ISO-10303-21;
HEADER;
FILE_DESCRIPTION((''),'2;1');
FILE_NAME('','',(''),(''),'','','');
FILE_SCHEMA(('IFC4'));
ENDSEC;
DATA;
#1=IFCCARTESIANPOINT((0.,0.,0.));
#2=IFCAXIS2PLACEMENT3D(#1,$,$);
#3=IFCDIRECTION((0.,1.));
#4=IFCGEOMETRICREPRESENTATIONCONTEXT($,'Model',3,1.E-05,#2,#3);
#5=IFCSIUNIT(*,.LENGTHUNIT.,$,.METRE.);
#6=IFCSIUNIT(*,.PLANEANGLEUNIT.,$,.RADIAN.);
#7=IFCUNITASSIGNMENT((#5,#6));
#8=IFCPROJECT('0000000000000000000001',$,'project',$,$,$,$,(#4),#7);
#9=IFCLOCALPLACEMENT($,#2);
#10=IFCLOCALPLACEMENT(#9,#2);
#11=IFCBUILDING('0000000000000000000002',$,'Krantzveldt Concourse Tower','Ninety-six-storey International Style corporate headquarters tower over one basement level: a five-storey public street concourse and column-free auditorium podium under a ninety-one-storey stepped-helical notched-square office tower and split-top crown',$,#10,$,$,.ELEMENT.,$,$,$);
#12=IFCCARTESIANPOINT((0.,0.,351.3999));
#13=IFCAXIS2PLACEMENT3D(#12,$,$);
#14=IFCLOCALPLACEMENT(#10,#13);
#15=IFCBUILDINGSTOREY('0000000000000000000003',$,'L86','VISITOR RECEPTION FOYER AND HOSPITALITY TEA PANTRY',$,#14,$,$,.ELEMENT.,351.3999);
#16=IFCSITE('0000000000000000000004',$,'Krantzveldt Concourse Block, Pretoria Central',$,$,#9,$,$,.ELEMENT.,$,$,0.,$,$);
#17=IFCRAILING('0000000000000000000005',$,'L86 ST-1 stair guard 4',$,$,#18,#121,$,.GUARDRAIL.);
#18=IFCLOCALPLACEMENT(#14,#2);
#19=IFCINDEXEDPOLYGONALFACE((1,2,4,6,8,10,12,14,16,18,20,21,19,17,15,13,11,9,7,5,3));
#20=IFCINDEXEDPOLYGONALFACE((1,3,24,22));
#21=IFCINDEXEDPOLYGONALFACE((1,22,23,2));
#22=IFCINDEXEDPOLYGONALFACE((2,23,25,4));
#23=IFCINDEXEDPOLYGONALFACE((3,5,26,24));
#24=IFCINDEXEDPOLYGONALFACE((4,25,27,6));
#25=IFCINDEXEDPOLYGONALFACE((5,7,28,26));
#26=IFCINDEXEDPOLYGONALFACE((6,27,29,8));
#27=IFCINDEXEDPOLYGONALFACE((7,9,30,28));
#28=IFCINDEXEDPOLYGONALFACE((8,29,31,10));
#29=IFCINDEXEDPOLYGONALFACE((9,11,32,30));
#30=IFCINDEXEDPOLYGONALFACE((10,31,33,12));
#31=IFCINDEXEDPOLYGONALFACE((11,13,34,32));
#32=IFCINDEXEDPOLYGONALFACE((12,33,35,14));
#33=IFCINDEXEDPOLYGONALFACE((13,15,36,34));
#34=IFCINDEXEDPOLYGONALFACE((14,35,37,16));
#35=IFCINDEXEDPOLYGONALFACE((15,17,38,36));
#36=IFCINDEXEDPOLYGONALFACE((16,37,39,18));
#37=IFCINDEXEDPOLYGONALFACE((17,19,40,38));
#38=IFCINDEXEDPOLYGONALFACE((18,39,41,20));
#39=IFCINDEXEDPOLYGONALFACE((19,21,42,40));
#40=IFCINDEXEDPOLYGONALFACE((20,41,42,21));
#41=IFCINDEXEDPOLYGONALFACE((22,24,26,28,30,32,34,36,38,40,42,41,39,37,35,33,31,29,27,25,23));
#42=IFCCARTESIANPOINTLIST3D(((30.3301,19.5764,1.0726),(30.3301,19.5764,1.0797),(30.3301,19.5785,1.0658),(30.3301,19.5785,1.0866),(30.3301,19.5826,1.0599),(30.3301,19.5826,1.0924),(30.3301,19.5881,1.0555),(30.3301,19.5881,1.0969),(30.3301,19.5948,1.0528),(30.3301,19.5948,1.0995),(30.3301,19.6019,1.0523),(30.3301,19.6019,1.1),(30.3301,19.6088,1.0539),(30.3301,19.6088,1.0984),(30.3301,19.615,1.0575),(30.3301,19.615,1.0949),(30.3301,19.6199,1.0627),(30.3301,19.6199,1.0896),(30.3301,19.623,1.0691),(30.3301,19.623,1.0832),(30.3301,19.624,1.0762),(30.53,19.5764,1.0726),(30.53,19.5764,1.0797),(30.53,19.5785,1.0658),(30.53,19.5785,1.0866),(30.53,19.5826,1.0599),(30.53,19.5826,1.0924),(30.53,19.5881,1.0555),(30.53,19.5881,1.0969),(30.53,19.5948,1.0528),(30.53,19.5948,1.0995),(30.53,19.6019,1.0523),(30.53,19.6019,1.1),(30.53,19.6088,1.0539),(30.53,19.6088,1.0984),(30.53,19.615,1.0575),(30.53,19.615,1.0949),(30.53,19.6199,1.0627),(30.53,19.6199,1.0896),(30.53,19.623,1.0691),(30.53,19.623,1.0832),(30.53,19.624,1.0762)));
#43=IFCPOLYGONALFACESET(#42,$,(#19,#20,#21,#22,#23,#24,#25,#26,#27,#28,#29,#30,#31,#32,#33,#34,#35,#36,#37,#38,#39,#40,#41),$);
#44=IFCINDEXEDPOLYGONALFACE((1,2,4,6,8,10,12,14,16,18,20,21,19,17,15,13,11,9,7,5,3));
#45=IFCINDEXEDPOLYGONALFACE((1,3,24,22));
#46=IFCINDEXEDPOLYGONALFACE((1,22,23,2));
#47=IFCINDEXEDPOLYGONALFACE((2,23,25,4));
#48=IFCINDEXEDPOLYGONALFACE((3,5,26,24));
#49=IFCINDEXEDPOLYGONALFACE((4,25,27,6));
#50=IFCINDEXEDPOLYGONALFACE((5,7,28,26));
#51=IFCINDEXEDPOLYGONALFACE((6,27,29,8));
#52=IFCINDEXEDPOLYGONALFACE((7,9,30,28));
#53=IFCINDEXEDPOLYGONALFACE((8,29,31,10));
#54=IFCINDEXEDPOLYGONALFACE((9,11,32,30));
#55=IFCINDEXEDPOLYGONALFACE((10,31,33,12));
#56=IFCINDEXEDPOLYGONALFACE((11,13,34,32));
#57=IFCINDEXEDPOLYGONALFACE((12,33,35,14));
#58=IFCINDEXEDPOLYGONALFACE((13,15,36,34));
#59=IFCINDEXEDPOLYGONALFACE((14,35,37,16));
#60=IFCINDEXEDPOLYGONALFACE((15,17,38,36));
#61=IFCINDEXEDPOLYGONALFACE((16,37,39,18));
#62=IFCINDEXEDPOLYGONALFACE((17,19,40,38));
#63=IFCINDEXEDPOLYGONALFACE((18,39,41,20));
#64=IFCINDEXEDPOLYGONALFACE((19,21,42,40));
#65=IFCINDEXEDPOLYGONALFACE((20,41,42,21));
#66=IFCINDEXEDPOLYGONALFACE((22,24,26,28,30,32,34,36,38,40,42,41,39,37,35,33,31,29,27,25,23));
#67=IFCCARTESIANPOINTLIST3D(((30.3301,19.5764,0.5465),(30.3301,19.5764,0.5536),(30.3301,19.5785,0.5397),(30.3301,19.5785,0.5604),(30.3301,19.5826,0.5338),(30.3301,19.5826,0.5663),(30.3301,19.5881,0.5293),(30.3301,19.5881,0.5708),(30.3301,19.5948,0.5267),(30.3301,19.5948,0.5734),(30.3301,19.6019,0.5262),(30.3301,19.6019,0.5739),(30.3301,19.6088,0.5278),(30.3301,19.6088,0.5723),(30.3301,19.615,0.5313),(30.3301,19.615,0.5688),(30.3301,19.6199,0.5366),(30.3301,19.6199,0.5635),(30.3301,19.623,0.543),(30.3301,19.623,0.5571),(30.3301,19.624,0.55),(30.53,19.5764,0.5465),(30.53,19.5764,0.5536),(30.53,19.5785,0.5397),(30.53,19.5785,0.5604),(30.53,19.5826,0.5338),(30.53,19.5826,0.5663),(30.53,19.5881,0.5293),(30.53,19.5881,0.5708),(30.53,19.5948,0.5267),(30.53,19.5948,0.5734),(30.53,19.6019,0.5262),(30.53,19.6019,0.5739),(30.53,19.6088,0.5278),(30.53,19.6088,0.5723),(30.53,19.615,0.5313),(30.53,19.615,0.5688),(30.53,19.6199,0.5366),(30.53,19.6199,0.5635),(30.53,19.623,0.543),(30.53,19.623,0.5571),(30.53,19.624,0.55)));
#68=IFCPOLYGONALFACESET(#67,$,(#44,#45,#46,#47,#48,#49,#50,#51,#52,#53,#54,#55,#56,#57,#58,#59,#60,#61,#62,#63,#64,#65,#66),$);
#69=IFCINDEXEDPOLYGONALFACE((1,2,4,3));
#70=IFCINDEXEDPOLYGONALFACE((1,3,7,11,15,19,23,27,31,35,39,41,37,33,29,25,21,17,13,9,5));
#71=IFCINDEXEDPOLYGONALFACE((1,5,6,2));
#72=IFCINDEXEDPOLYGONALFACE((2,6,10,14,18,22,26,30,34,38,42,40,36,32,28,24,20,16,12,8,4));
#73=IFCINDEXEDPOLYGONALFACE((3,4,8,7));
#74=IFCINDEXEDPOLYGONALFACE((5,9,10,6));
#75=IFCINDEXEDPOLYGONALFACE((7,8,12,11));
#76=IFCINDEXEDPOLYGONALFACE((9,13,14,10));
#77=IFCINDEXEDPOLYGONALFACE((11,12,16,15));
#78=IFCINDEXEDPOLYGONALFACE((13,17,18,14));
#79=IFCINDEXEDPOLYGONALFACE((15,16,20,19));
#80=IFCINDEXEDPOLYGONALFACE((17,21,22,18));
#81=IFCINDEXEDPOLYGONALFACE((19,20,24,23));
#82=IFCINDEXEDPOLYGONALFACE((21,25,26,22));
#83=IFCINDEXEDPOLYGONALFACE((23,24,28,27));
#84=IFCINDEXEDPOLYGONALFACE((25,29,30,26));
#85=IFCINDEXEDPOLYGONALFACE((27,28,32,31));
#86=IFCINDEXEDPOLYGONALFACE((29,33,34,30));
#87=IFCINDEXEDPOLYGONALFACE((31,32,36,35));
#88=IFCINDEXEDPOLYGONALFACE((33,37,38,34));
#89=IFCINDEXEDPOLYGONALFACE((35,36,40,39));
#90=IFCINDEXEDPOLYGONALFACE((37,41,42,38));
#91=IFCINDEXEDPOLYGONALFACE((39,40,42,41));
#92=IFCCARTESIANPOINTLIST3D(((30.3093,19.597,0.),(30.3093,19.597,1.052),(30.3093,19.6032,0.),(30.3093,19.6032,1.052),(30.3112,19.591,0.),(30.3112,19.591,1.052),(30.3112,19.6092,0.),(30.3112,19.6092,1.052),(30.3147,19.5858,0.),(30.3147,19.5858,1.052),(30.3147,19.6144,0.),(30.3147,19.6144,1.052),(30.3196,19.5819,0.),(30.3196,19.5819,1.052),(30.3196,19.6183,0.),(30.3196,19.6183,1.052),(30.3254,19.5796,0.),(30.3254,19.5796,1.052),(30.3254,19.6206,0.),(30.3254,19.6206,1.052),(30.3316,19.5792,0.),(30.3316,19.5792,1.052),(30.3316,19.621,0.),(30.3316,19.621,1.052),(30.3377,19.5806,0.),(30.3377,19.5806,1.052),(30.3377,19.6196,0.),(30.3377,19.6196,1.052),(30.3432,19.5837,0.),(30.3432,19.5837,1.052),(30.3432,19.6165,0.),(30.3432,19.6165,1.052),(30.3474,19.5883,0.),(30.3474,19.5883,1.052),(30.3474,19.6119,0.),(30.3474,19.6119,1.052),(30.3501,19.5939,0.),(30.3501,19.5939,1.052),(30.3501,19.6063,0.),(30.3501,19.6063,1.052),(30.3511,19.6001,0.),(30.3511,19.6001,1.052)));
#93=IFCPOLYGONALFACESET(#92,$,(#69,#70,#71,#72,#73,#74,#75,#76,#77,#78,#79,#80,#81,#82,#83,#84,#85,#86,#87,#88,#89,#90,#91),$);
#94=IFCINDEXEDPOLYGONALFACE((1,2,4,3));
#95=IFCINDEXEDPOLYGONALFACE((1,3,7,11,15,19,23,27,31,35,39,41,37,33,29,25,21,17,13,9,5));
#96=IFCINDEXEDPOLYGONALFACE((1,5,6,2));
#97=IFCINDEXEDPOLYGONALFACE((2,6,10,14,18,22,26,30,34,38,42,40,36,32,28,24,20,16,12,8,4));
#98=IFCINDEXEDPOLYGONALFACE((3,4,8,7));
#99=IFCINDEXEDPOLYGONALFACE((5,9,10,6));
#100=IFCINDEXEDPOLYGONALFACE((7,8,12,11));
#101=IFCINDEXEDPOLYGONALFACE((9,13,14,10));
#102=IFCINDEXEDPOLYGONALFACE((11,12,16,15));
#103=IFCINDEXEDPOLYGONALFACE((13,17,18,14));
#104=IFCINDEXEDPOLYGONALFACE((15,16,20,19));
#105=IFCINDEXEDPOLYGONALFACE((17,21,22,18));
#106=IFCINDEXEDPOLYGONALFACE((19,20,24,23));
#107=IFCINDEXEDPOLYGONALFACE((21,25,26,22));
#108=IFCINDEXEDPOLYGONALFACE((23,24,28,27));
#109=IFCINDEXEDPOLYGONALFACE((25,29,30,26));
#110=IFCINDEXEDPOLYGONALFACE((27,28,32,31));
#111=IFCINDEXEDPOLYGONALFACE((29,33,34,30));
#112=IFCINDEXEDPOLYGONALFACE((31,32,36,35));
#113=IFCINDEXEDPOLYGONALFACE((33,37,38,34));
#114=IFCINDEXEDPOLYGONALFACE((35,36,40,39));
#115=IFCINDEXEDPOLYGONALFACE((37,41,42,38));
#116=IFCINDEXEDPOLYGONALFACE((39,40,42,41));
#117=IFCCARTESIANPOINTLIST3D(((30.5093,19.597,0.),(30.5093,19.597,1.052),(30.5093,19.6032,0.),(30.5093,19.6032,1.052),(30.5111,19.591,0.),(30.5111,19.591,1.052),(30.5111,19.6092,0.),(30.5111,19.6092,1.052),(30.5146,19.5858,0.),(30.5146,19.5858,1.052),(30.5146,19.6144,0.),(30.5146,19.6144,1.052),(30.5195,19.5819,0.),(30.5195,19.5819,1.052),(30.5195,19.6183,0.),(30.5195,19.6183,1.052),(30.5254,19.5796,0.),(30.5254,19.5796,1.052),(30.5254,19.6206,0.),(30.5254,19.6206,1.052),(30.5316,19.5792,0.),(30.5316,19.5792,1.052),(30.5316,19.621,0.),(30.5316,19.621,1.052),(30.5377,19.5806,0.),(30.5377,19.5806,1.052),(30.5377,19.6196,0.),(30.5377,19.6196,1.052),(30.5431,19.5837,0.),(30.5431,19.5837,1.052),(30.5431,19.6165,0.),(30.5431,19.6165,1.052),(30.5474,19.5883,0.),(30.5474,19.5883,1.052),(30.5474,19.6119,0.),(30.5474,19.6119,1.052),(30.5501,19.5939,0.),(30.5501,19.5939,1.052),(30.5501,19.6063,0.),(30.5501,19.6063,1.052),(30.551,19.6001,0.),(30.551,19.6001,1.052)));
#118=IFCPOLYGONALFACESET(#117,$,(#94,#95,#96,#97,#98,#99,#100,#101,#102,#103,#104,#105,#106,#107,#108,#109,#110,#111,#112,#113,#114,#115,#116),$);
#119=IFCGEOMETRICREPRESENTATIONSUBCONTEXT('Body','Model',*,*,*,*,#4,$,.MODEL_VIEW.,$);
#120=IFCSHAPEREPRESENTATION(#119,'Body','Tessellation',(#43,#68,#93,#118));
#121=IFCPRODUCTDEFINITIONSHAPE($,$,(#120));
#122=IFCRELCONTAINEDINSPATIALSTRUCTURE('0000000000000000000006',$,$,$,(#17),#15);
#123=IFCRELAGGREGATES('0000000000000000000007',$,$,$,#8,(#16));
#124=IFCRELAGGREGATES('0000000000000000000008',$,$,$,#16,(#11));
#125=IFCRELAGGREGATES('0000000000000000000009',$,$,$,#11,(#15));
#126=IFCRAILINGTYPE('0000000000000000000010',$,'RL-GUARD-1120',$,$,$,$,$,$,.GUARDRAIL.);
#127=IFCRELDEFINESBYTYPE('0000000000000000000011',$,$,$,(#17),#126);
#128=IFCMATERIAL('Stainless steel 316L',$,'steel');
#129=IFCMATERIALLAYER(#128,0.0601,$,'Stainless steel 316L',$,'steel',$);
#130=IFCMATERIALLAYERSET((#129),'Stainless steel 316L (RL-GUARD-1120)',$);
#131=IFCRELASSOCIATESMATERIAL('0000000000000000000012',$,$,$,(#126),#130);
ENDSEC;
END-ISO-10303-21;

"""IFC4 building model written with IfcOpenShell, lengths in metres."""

from ifc_helpers import new_model, si_unit, direction, frame, origin, origin_2d, place, context, subcontext, project, spatial, circle, extrude, material, layer, layer_set, type_object, element, save


model = new_model("IFC4")

# Units and contexts
model_context = context("Model", 3, precision=1e-05, world=origin(), true_north=direction((0.0, 1.0)))
body_context = subcontext(model_context, "Body", "Model", "MODEL_VIEW")
ifc_project = project(units=[si_unit("LENGTHUNIT", "METRE"), si_unit("PLANEANGLEUNIT", "RADIAN")], contexts=[model_context])

# Site, building, storey
site_placement = place(None, origin())
site = spatial("IfcSite", under=ifc_project, at=site_placement, Name="Krantzveldt Concourse Block, Pretoria Central", CompositionType="ELEMENT", RefElevation=0.0)
building_placement = place(site_placement, origin())
building = spatial("IfcBuilding", under=site, at=building_placement, Name="Krantzveldt Concourse Tower", Description="Ninety-six-storey International Style corporate headquarters tower over one basement level: a five-storey public street concourse and column-free auditorium podium under a ninety-one-storey stepped-helical notched-square office tower and split-top crown", CompositionType="ELEMENT")
storey_placement = place(building_placement, frame((0.0, 0.0, 351.3999)))
storey = spatial("IfcBuildingStorey", under=building, at=storey_placement, Name="L86", Description="VISITOR RECEPTION FOYER AND HOSPITALITY TEA PANTRY", CompositionType="ELEMENT", Elevation=351.3999)

# Shared definitions
ifc_material_1 = material(Name="Stainless steel 316L", Category="steel")

# Railing
ifc_layer_1 = layer(ifc_material_1, 0.0601, Name="Stainless steel 316L", Category="steel")
ifc_layer_set_1 = layer_set([ifc_layer_1], Name="Stainless steel 316L (RL-GUARD-1120)")
railing_type_1 = type_object("IfcRailingType", Name="RL-GUARD-1120", PredefinedType="GUARDRAIL", material=ifc_layer_set_1)
railing_1_placement = place(storey_placement, frame((30.3301, 19.6001, 0.0)))
element("IfcRailing", 1, at=railing_1_placement, inside=storey, type_object=railing_type_1, Name="L86 ST-1 stair guard 4", PredefinedType="GUARDRAIL", context=body_context, shape_type="SweptSolid", body=[
    extrude(circle(Radius=0.0239, at=origin_2d()), frame((0.0, 0.0, 1.0762), z_axis=(1.0, 0.0, 0.0), x_axis=(0.0, 1.0, 0.0)), (0.0, 0.0, 1.0), 0.2),
    extrude(circle(Radius=0.0239, at=origin_2d()), frame((0.0, 0.0, 0.55), z_axis=(1.0, 0.0, 0.0), x_axis=(0.0, 1.0, 0.0)), (0.0, 0.0, 1.0), 0.2),
    extrude(circle(Radius=0.021, at=origin_2d()), origin(), (0.0, 0.0, 1.0), 1.052),
    extrude(circle(Radius=0.021, at=origin_2d()), frame((0.2, 0.0, 0.0)), (0.0, 0.0, 1.0), 1.052),
])

save(model, "model.ifc")
